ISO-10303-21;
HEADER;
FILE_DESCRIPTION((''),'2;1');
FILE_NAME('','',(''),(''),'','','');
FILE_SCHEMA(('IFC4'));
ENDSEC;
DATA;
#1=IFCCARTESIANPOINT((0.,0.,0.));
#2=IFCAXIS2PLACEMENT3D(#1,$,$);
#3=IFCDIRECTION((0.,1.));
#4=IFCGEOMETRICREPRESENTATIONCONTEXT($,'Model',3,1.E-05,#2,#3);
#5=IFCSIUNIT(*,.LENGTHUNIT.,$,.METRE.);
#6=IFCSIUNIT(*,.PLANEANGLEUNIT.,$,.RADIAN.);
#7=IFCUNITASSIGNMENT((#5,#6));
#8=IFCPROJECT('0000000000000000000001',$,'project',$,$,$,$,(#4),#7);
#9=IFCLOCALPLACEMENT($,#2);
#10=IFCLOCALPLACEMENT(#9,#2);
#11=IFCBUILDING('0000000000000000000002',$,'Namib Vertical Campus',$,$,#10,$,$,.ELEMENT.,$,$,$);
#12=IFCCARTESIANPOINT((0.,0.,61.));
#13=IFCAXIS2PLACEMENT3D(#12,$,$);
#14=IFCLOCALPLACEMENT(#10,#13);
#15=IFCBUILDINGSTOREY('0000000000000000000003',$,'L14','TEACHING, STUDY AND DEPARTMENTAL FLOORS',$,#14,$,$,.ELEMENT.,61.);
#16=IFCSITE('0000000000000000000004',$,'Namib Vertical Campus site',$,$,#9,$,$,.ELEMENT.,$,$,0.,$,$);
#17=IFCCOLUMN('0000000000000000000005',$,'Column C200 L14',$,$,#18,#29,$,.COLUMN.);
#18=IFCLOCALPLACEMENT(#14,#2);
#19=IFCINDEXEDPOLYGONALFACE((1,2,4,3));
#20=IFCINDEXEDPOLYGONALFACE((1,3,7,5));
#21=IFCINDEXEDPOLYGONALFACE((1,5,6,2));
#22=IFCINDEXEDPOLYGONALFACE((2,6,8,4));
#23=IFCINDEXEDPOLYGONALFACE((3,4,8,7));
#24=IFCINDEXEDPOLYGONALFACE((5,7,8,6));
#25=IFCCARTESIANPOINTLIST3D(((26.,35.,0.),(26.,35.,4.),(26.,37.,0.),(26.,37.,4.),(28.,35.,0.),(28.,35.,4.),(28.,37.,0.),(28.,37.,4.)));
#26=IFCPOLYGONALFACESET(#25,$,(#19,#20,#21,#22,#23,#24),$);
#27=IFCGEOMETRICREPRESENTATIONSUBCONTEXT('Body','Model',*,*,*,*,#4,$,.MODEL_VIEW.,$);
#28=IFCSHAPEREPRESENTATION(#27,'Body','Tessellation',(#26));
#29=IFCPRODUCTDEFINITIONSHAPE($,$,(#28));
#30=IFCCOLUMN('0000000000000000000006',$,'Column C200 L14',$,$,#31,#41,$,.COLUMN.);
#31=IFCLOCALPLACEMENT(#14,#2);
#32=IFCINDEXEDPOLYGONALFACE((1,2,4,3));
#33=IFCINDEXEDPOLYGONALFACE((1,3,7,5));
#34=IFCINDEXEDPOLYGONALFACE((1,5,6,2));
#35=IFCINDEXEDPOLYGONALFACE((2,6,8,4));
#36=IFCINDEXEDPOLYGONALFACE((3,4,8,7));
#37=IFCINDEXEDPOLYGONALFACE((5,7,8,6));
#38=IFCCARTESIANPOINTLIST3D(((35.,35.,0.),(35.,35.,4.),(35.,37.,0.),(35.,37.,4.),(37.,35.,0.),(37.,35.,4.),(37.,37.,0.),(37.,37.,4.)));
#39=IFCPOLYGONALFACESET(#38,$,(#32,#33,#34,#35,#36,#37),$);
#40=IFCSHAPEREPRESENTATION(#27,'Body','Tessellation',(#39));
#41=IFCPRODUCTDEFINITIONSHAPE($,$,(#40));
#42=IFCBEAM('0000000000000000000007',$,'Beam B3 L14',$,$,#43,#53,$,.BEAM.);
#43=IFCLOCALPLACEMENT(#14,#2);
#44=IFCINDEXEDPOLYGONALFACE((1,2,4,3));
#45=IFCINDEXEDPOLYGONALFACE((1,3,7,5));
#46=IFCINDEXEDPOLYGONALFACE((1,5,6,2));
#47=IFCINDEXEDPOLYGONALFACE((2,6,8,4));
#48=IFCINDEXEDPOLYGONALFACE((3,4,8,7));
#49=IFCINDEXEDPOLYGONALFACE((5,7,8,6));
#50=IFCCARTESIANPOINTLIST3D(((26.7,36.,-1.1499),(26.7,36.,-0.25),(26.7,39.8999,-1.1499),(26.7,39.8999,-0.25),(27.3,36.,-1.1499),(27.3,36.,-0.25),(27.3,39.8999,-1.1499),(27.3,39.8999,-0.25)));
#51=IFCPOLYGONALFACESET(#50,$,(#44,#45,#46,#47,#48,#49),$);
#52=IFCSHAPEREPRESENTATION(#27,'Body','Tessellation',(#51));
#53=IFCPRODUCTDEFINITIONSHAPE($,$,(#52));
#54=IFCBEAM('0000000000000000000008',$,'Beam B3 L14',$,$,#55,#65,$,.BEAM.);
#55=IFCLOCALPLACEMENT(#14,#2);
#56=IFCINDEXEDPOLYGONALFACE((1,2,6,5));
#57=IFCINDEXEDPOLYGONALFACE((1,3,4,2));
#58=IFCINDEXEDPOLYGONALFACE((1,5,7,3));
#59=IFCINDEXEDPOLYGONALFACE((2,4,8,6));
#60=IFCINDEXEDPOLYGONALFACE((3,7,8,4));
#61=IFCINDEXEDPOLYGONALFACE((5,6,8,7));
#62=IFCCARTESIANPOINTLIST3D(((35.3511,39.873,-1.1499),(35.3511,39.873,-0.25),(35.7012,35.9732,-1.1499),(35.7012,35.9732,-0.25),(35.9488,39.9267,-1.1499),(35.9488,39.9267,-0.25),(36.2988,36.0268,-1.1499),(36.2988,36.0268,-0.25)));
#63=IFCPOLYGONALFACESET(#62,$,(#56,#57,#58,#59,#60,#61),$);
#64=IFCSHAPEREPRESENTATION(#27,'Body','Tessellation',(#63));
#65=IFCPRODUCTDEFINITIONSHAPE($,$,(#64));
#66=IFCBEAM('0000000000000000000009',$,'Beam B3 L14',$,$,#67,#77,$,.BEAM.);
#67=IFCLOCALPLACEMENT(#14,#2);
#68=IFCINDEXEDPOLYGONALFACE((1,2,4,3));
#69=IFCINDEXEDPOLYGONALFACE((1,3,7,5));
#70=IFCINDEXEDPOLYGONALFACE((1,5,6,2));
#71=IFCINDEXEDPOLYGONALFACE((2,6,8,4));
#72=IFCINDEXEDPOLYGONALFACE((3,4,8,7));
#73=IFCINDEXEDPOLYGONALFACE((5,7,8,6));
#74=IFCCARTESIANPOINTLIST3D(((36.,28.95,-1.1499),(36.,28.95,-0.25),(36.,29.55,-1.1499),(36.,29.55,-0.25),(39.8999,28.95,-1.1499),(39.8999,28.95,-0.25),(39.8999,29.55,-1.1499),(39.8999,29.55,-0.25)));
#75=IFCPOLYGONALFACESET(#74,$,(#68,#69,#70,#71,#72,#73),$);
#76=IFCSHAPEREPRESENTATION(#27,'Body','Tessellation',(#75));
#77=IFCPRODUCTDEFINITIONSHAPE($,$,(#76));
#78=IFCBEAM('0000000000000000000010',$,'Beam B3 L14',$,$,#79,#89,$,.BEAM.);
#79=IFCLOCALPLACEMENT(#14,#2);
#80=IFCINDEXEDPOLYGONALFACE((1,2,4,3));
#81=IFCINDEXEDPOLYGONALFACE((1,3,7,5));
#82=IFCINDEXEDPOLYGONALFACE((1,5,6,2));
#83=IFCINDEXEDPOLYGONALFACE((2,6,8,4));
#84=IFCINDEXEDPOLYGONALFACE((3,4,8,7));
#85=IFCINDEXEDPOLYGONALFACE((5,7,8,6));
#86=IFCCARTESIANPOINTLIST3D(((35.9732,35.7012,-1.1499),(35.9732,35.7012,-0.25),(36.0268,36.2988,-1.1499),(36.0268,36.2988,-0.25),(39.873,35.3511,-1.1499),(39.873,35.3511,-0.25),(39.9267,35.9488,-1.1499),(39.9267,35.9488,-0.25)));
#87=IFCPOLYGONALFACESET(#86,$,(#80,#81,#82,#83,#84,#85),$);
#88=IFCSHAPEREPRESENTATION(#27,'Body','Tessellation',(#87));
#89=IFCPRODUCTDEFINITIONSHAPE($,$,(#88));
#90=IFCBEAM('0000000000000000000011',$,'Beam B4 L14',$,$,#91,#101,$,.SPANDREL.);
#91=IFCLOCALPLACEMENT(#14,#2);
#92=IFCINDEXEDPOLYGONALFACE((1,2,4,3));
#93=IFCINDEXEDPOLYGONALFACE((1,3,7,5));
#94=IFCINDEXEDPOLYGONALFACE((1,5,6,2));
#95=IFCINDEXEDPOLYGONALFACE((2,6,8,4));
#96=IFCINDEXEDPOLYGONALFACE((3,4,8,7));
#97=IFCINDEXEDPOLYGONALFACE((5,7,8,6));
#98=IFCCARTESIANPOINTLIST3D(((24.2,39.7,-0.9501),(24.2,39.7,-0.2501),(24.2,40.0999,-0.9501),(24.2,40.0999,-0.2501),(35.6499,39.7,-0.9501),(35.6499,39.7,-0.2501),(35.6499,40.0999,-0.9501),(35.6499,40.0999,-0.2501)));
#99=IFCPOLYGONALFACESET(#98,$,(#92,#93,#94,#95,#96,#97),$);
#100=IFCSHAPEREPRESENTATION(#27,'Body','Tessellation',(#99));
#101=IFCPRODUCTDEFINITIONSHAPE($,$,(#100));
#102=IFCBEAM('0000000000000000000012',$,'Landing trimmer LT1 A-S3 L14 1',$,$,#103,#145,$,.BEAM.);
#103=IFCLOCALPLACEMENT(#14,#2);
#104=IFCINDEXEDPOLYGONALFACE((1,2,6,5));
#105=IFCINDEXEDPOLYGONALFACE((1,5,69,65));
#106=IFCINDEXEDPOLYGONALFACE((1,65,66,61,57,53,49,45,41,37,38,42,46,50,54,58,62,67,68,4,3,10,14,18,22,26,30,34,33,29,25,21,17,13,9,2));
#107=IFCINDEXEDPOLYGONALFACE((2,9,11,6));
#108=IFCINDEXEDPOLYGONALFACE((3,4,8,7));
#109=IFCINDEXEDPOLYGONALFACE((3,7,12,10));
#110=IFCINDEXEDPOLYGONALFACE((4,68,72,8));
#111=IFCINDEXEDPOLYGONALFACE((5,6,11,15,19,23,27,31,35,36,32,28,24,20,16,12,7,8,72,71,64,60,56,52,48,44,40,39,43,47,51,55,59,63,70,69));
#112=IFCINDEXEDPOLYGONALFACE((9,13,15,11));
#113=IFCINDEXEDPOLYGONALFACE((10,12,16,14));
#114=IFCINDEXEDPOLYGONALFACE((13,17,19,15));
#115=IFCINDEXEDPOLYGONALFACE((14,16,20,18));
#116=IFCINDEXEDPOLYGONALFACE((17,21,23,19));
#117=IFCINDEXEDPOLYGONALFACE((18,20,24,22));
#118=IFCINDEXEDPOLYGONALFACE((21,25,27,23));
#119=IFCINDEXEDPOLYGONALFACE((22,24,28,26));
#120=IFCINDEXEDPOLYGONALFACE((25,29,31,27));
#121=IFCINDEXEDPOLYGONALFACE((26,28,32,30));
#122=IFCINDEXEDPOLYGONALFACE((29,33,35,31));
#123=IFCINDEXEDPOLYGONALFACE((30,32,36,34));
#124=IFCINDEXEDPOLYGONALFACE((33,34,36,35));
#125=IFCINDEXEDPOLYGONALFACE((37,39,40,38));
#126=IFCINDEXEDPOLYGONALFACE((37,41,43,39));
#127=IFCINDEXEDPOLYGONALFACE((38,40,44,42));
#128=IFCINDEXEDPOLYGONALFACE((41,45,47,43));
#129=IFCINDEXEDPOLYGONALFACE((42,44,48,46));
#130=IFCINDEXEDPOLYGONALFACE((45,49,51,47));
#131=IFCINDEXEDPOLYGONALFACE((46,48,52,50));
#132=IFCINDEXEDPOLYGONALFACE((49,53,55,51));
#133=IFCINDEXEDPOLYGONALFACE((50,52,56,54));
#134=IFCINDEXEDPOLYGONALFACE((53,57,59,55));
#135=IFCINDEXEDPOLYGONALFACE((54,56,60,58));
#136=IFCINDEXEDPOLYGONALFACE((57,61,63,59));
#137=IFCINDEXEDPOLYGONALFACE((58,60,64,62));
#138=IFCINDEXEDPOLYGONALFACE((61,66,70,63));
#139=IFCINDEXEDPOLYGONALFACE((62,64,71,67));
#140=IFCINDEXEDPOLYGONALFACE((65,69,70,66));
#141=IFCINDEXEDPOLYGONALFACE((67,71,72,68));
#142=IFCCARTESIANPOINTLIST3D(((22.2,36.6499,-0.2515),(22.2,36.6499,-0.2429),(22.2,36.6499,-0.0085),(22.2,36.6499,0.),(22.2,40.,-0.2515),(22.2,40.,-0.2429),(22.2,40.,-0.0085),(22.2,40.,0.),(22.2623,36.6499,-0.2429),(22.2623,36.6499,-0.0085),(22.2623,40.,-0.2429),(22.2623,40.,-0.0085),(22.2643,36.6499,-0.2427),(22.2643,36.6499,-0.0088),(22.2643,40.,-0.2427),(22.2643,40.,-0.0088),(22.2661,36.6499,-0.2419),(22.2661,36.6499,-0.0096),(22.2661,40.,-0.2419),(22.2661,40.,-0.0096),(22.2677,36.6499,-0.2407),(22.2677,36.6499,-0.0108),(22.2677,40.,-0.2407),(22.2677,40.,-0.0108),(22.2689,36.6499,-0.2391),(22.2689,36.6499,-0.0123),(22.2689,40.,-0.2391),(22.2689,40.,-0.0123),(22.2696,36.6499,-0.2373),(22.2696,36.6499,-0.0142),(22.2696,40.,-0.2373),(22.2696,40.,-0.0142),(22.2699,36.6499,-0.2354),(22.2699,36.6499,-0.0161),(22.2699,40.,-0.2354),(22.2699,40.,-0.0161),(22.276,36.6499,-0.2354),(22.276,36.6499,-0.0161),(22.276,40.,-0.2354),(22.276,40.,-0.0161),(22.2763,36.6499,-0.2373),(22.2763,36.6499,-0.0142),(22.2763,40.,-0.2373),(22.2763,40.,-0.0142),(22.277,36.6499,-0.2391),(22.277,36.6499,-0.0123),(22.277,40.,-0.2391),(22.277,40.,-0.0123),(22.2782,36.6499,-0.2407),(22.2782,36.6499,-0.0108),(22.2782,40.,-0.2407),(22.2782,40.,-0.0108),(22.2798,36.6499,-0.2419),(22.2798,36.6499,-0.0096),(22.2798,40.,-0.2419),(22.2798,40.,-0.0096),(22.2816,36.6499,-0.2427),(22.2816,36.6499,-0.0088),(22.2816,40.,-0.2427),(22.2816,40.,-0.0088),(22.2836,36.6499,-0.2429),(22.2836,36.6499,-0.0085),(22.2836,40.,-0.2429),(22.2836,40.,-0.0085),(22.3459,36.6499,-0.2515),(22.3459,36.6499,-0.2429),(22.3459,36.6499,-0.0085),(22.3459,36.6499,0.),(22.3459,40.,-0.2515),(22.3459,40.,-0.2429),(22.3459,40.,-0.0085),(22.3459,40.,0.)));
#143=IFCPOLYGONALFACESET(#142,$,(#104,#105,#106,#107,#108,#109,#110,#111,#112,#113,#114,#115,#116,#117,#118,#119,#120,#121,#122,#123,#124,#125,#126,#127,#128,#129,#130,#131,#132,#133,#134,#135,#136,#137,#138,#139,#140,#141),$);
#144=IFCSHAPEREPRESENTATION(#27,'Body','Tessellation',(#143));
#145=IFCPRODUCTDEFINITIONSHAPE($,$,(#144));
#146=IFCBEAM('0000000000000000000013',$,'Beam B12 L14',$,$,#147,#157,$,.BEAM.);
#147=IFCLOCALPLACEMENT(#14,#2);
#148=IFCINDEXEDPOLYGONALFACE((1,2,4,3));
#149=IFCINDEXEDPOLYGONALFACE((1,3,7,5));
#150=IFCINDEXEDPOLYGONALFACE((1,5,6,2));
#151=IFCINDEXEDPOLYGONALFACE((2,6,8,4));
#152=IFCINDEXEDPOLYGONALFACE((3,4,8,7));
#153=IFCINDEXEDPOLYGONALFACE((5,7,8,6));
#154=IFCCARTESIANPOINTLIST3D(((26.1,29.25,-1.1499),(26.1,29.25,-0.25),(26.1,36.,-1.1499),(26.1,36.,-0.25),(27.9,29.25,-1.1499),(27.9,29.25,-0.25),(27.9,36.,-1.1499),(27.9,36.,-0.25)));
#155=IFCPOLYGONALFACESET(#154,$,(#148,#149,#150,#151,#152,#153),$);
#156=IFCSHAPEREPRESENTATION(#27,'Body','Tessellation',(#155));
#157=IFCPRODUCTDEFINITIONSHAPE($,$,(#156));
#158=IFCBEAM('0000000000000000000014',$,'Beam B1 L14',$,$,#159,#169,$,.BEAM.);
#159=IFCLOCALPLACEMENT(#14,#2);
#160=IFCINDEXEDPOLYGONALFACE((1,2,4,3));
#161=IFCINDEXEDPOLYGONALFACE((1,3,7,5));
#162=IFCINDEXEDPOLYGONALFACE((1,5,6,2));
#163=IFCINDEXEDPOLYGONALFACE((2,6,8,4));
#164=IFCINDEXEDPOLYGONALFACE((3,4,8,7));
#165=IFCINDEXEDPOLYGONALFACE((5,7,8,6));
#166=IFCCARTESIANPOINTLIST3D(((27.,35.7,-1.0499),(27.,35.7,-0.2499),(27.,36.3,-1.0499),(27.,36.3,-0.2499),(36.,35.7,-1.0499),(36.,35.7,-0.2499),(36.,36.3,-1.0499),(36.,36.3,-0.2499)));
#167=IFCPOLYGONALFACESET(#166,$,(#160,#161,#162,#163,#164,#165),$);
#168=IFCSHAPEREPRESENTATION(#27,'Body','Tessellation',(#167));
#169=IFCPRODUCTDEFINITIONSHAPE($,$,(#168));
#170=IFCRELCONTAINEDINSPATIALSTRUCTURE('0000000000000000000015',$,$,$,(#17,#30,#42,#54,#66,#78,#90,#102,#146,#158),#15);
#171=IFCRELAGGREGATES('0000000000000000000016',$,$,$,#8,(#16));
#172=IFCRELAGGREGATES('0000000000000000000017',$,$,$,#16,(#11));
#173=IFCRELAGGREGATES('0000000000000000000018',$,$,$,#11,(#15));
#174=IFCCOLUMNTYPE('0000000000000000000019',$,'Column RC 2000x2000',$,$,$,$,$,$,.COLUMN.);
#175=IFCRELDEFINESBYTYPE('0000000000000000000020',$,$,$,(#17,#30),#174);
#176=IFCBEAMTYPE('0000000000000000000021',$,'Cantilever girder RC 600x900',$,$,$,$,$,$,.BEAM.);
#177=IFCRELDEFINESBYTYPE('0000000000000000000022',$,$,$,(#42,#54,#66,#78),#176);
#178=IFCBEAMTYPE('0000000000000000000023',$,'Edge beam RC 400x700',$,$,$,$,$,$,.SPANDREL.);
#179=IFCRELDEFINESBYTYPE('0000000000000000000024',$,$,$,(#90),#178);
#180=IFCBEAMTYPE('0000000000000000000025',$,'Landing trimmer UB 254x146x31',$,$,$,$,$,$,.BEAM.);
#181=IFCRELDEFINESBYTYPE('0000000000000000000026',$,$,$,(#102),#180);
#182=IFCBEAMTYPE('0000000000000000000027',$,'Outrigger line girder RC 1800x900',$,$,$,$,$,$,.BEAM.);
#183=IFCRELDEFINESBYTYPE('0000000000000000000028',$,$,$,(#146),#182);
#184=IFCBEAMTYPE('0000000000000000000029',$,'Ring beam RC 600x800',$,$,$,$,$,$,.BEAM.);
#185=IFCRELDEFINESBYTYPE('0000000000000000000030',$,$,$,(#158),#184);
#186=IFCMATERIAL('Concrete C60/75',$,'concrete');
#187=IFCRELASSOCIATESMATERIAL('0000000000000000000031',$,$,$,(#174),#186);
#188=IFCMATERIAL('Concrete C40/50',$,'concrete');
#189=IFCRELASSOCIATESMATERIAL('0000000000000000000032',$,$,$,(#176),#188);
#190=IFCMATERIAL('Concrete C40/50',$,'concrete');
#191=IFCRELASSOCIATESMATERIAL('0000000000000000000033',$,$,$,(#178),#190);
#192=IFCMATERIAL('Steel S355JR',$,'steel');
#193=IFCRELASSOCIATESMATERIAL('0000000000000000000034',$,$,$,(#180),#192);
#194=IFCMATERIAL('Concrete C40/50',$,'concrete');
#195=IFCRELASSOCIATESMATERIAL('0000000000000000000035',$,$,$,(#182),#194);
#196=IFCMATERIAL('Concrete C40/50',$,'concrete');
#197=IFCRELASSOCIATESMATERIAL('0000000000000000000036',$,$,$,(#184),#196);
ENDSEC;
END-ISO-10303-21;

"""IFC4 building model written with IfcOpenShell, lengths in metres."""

from ifc_helpers import new_model, si_unit, direction, frame, origin, origin_2d, place, context, subcontext, project, spatial, rectangle, i_section, extrude, material, material_profile, profile_set, type_object, element, save


model = new_model("IFC4")

# Units and contexts
model_context = context("Model", 3, precision=1e-05, world=origin(), true_north=direction((0.0, 1.0)))
body_context = subcontext(model_context, "Body", "Model", "MODEL_VIEW")
ifc_project = project(units=[si_unit("LENGTHUNIT", "METRE"), si_unit("PLANEANGLEUNIT", "RADIAN")], contexts=[model_context])

# Site, building, storey
site_placement = place(None, origin())
site = spatial("IfcSite", under=ifc_project, at=site_placement, Name="Namib Vertical Campus site", CompositionType="ELEMENT", RefElevation=0.0)
building_placement = place(site_placement, origin())
building = spatial("IfcBuilding", under=site, at=building_placement, Name="Namib Vertical Campus", CompositionType="ELEMENT")
storey_placement = place(building_placement, frame((0.0, 0.0, 61.0)))
storey = spatial("IfcBuildingStorey", under=building, at=storey_placement, Name="L14", Description="TEACHING, STUDY AND DEPARTMENTAL FLOORS", CompositionType="ELEMENT", Elevation=61.0)

# Columns
ifc_material_1 = material(Name="Concrete C60/75", Category="concrete")
ifc_material_profile_1 = material_profile(ifc_material_1, rectangle(XDim=2.0, YDim=2.0, at=origin_2d()))
ifc_profile_set_1 = profile_set([ifc_material_profile_1], Name="Concrete C60/75")
column_type = type_object("IfcColumnType", Name="Column RC 2000x2000", PredefinedType="COLUMN", material=ifc_profile_set_1)
for number, where, z_axis, x_axis, name in (
    (1, (27.0, 36.0, 0.0), (0.0, 0.0, 1.0), (1.0, 0.0, 0.0), "Column C200 L14"),
    (2, (36.0, 36.0, 0.0), (0.0, 0.0, 1.0), (1.0, 0.0, 0.0), "Column C200 L14"),
):
    element("IfcColumn", number, at=place(storey_placement, frame(where, z_axis=z_axis, x_axis=x_axis)), inside=storey, type_object=column_type, Name=name, PredefinedType="COLUMN", context=body_context, shape_type="SweptSolid", body=[
        extrude(rectangle(XDim=2.0, YDim=2.0, at=origin_2d()), origin(), (0.0, 0.0, 1.0), 4.0),
    ])

# Beams
ifc_material_2 = material(Name="Concrete C40/50", Category="concrete")
ifc_material_profile_2 = material_profile(ifc_material_2, rectangle(XDim=0.6001, YDim=0.8999, at=origin_2d()))
ifc_profile_set_2 = profile_set([ifc_material_profile_2], Name="Concrete C40/50")
beam_type_1 = type_object("IfcBeamType", Name="Cantilever girder RC 600x900", PredefinedType="BEAM", material=ifc_profile_set_2)
beam_1_placement = place(storey_placement, frame((27.0, 36.0, -0.7), z_axis=(0.0, 1.0, 0.0), x_axis=(-1.0, 0.0, 0.0)))
element("IfcBeam", 3, at=beam_1_placement, inside=storey, type_object=beam_type_1, Name="Beam B3 L14", PredefinedType="BEAM", context=body_context, shape_type="SweptSolid", body=[
    extrude(rectangle(XDim=0.6001, YDim=0.8999, at=origin_2d()), origin(), (0.0, 0.0, 1.0), 3.8999),
])
beam_2_placement = place(storey_placement, frame((36.0, 36.0, -0.7), z_axis=(-0.089411, 0.995995, 0.0), x_axis=(-0.995995, -0.089411, 0.0)))
element("IfcBeam", 4, at=beam_2_placement, inside=storey, type_object=beam_type_1, Name="Beam B3 L14", PredefinedType="BEAM", context=body_context, shape_type="SweptSolid", body=[
    extrude(rectangle(XDim=0.6001, YDim=0.8999, at=origin_2d()), origin(), (0.0, 0.0, 1.0), 3.9155),
])
beam_3_placement = place(storey_placement, frame((36.0, 29.25, -0.7), z_axis=(1.0, 0.0, 0.0), x_axis=(0.0, 1.0, 0.0)))
element("IfcBeam", 5, at=beam_3_placement, inside=storey, type_object=beam_type_1, Name="Beam B3 L14", PredefinedType="BEAM", context=body_context, shape_type="SweptSolid", body=[
    extrude(rectangle(XDim=0.6001, YDim=0.8999, at=origin_2d()), origin(), (0.0, 0.0, 1.0), 3.8999),
])
beam_4_placement = place(storey_placement, frame((36.0, 36.0, -0.7), z_axis=(0.995995, -0.089411, 0.0), x_axis=(0.089411, 0.995995, 0.0)))
element("IfcBeam", 6, at=beam_4_placement, inside=storey, type_object=beam_type_1, Name="Beam B3 L14", PredefinedType="BEAM", context=body_context, shape_type="SweptSolid", body=[
    extrude(rectangle(XDim=0.6001, YDim=0.8999, at=origin_2d()), origin(), (0.0, 0.0, 1.0), 3.9155),
])
ifc_material_3 = material(Name="Concrete C40/50", Category="concrete")
ifc_material_profile_3 = material_profile(ifc_material_3, rectangle(XDim=0.3999, YDim=0.7, at=origin_2d()))
ifc_profile_set_3 = profile_set([ifc_material_profile_3], Name="Concrete C40/50")
beam_type_2 = type_object("IfcBeamType", Name="Edge beam RC 400x700", PredefinedType="SPANDREL", material=ifc_profile_set_3)
beam_5_placement = place(storey_placement, frame((24.2, 39.8999, -0.6001), z_axis=(1.0, 0.0, 0.0), x_axis=(0.0, 1.0, 0.0)))
element("IfcBeam", 7, at=beam_5_placement, inside=storey, type_object=beam_type_2, Name="Beam B4 L14", PredefinedType="SPANDREL", context=body_context, shape_type="SweptSolid", body=[
    extrude(rectangle(XDim=0.3999, YDim=0.7, at=origin_2d()), origin(), (0.0, 0.0, 1.0), 11.45),
])
ifc_material_4 = material(Name="Steel S355JR", Category="steel")
ifc_material_profile_4 = material_profile(ifc_material_4, i_section(OverallWidth=0.146, OverallDepth=0.2515, WebThickness=0.0061, FlangeThickness=0.0085, FilletRadius=0.0076, at=origin_2d()))
ifc_profile_set_4 = profile_set([ifc_material_profile_4], Name="Steel S355JR")
beam_type_3 = type_object("IfcBeamType", Name="Landing trimmer UB 254x146x31", PredefinedType="BEAM", material=ifc_profile_set_4)
beam_6_placement = place(storey_placement, frame((22.2729, 36.6499, -0.1257), z_axis=(0.0, 1.0, 0.0), x_axis=(-1.0, 0.0, 0.0)))
element("IfcBeam", 8, at=beam_6_placement, inside=storey, type_object=beam_type_3, Name="Landing trimmer LT1 A-S3 L14 1", PredefinedType="BEAM", context=body_context, shape_type="SweptSolid", body=[
    extrude(i_section(OverallWidth=0.146, OverallDepth=0.2515, WebThickness=0.0061, FlangeThickness=0.0085, FilletRadius=0.0076, at=origin_2d()), origin(), (0.0, 0.0, 1.0), 3.3501),
])
ifc_material_5 = material(Name="Concrete C40/50", Category="concrete")
ifc_material_profile_5 = material_profile(ifc_material_5, rectangle(XDim=1.8, YDim=0.8999, at=origin_2d()))
ifc_profile_set_5 = profile_set([ifc_material_profile_5], Name="Concrete C40/50")
beam_type_4 = type_object("IfcBeamType", Name="Outrigger line girder RC 1800x900", PredefinedType="BEAM", material=ifc_profile_set_5)
beam_7_placement = place(storey_placement, frame((27.0, 36.0, -0.7), z_axis=(0.0, -1.0, 0.0), x_axis=(1.0, 0.0, 0.0)))
element("IfcBeam", 9, at=beam_7_placement, inside=storey, type_object=beam_type_4, Name="Beam B12 L14", PredefinedType="BEAM", context=body_context, shape_type="SweptSolid", body=[
    extrude(rectangle(XDim=1.8, YDim=0.8999, at=origin_2d()), origin(), (0.0, 0.0, 1.0), 6.75),
])
ifc_material_6 = material(Name="Concrete C40/50", Category="concrete")
ifc_material_profile_6 = material_profile(ifc_material_6, rectangle(XDim=0.6001, YDim=0.8, at=origin_2d()))
ifc_profile_set_6 = profile_set([ifc_material_profile_6], Name="Concrete C40/50")
beam_type_5 = type_object("IfcBeamType", Name="Ring beam RC 600x800", PredefinedType="BEAM", material=ifc_profile_set_6)
beam_8_placement = place(storey_placement, frame((27.0, 36.0, -0.6499), z_axis=(1.0, 0.0, 0.0), x_axis=(0.0, 1.0, 0.0)))
element("IfcBeam", 10, at=beam_8_placement, inside=storey, type_object=beam_type_5, Name="Beam B1 L14", PredefinedType="BEAM", context=body_context, shape_type="SweptSolid", body=[
    extrude(rectangle(XDim=0.6001, YDim=0.8, at=origin_2d()), origin(), (0.0, 0.0, 1.0), 9.0),
])

save(model, "model.ifc")
